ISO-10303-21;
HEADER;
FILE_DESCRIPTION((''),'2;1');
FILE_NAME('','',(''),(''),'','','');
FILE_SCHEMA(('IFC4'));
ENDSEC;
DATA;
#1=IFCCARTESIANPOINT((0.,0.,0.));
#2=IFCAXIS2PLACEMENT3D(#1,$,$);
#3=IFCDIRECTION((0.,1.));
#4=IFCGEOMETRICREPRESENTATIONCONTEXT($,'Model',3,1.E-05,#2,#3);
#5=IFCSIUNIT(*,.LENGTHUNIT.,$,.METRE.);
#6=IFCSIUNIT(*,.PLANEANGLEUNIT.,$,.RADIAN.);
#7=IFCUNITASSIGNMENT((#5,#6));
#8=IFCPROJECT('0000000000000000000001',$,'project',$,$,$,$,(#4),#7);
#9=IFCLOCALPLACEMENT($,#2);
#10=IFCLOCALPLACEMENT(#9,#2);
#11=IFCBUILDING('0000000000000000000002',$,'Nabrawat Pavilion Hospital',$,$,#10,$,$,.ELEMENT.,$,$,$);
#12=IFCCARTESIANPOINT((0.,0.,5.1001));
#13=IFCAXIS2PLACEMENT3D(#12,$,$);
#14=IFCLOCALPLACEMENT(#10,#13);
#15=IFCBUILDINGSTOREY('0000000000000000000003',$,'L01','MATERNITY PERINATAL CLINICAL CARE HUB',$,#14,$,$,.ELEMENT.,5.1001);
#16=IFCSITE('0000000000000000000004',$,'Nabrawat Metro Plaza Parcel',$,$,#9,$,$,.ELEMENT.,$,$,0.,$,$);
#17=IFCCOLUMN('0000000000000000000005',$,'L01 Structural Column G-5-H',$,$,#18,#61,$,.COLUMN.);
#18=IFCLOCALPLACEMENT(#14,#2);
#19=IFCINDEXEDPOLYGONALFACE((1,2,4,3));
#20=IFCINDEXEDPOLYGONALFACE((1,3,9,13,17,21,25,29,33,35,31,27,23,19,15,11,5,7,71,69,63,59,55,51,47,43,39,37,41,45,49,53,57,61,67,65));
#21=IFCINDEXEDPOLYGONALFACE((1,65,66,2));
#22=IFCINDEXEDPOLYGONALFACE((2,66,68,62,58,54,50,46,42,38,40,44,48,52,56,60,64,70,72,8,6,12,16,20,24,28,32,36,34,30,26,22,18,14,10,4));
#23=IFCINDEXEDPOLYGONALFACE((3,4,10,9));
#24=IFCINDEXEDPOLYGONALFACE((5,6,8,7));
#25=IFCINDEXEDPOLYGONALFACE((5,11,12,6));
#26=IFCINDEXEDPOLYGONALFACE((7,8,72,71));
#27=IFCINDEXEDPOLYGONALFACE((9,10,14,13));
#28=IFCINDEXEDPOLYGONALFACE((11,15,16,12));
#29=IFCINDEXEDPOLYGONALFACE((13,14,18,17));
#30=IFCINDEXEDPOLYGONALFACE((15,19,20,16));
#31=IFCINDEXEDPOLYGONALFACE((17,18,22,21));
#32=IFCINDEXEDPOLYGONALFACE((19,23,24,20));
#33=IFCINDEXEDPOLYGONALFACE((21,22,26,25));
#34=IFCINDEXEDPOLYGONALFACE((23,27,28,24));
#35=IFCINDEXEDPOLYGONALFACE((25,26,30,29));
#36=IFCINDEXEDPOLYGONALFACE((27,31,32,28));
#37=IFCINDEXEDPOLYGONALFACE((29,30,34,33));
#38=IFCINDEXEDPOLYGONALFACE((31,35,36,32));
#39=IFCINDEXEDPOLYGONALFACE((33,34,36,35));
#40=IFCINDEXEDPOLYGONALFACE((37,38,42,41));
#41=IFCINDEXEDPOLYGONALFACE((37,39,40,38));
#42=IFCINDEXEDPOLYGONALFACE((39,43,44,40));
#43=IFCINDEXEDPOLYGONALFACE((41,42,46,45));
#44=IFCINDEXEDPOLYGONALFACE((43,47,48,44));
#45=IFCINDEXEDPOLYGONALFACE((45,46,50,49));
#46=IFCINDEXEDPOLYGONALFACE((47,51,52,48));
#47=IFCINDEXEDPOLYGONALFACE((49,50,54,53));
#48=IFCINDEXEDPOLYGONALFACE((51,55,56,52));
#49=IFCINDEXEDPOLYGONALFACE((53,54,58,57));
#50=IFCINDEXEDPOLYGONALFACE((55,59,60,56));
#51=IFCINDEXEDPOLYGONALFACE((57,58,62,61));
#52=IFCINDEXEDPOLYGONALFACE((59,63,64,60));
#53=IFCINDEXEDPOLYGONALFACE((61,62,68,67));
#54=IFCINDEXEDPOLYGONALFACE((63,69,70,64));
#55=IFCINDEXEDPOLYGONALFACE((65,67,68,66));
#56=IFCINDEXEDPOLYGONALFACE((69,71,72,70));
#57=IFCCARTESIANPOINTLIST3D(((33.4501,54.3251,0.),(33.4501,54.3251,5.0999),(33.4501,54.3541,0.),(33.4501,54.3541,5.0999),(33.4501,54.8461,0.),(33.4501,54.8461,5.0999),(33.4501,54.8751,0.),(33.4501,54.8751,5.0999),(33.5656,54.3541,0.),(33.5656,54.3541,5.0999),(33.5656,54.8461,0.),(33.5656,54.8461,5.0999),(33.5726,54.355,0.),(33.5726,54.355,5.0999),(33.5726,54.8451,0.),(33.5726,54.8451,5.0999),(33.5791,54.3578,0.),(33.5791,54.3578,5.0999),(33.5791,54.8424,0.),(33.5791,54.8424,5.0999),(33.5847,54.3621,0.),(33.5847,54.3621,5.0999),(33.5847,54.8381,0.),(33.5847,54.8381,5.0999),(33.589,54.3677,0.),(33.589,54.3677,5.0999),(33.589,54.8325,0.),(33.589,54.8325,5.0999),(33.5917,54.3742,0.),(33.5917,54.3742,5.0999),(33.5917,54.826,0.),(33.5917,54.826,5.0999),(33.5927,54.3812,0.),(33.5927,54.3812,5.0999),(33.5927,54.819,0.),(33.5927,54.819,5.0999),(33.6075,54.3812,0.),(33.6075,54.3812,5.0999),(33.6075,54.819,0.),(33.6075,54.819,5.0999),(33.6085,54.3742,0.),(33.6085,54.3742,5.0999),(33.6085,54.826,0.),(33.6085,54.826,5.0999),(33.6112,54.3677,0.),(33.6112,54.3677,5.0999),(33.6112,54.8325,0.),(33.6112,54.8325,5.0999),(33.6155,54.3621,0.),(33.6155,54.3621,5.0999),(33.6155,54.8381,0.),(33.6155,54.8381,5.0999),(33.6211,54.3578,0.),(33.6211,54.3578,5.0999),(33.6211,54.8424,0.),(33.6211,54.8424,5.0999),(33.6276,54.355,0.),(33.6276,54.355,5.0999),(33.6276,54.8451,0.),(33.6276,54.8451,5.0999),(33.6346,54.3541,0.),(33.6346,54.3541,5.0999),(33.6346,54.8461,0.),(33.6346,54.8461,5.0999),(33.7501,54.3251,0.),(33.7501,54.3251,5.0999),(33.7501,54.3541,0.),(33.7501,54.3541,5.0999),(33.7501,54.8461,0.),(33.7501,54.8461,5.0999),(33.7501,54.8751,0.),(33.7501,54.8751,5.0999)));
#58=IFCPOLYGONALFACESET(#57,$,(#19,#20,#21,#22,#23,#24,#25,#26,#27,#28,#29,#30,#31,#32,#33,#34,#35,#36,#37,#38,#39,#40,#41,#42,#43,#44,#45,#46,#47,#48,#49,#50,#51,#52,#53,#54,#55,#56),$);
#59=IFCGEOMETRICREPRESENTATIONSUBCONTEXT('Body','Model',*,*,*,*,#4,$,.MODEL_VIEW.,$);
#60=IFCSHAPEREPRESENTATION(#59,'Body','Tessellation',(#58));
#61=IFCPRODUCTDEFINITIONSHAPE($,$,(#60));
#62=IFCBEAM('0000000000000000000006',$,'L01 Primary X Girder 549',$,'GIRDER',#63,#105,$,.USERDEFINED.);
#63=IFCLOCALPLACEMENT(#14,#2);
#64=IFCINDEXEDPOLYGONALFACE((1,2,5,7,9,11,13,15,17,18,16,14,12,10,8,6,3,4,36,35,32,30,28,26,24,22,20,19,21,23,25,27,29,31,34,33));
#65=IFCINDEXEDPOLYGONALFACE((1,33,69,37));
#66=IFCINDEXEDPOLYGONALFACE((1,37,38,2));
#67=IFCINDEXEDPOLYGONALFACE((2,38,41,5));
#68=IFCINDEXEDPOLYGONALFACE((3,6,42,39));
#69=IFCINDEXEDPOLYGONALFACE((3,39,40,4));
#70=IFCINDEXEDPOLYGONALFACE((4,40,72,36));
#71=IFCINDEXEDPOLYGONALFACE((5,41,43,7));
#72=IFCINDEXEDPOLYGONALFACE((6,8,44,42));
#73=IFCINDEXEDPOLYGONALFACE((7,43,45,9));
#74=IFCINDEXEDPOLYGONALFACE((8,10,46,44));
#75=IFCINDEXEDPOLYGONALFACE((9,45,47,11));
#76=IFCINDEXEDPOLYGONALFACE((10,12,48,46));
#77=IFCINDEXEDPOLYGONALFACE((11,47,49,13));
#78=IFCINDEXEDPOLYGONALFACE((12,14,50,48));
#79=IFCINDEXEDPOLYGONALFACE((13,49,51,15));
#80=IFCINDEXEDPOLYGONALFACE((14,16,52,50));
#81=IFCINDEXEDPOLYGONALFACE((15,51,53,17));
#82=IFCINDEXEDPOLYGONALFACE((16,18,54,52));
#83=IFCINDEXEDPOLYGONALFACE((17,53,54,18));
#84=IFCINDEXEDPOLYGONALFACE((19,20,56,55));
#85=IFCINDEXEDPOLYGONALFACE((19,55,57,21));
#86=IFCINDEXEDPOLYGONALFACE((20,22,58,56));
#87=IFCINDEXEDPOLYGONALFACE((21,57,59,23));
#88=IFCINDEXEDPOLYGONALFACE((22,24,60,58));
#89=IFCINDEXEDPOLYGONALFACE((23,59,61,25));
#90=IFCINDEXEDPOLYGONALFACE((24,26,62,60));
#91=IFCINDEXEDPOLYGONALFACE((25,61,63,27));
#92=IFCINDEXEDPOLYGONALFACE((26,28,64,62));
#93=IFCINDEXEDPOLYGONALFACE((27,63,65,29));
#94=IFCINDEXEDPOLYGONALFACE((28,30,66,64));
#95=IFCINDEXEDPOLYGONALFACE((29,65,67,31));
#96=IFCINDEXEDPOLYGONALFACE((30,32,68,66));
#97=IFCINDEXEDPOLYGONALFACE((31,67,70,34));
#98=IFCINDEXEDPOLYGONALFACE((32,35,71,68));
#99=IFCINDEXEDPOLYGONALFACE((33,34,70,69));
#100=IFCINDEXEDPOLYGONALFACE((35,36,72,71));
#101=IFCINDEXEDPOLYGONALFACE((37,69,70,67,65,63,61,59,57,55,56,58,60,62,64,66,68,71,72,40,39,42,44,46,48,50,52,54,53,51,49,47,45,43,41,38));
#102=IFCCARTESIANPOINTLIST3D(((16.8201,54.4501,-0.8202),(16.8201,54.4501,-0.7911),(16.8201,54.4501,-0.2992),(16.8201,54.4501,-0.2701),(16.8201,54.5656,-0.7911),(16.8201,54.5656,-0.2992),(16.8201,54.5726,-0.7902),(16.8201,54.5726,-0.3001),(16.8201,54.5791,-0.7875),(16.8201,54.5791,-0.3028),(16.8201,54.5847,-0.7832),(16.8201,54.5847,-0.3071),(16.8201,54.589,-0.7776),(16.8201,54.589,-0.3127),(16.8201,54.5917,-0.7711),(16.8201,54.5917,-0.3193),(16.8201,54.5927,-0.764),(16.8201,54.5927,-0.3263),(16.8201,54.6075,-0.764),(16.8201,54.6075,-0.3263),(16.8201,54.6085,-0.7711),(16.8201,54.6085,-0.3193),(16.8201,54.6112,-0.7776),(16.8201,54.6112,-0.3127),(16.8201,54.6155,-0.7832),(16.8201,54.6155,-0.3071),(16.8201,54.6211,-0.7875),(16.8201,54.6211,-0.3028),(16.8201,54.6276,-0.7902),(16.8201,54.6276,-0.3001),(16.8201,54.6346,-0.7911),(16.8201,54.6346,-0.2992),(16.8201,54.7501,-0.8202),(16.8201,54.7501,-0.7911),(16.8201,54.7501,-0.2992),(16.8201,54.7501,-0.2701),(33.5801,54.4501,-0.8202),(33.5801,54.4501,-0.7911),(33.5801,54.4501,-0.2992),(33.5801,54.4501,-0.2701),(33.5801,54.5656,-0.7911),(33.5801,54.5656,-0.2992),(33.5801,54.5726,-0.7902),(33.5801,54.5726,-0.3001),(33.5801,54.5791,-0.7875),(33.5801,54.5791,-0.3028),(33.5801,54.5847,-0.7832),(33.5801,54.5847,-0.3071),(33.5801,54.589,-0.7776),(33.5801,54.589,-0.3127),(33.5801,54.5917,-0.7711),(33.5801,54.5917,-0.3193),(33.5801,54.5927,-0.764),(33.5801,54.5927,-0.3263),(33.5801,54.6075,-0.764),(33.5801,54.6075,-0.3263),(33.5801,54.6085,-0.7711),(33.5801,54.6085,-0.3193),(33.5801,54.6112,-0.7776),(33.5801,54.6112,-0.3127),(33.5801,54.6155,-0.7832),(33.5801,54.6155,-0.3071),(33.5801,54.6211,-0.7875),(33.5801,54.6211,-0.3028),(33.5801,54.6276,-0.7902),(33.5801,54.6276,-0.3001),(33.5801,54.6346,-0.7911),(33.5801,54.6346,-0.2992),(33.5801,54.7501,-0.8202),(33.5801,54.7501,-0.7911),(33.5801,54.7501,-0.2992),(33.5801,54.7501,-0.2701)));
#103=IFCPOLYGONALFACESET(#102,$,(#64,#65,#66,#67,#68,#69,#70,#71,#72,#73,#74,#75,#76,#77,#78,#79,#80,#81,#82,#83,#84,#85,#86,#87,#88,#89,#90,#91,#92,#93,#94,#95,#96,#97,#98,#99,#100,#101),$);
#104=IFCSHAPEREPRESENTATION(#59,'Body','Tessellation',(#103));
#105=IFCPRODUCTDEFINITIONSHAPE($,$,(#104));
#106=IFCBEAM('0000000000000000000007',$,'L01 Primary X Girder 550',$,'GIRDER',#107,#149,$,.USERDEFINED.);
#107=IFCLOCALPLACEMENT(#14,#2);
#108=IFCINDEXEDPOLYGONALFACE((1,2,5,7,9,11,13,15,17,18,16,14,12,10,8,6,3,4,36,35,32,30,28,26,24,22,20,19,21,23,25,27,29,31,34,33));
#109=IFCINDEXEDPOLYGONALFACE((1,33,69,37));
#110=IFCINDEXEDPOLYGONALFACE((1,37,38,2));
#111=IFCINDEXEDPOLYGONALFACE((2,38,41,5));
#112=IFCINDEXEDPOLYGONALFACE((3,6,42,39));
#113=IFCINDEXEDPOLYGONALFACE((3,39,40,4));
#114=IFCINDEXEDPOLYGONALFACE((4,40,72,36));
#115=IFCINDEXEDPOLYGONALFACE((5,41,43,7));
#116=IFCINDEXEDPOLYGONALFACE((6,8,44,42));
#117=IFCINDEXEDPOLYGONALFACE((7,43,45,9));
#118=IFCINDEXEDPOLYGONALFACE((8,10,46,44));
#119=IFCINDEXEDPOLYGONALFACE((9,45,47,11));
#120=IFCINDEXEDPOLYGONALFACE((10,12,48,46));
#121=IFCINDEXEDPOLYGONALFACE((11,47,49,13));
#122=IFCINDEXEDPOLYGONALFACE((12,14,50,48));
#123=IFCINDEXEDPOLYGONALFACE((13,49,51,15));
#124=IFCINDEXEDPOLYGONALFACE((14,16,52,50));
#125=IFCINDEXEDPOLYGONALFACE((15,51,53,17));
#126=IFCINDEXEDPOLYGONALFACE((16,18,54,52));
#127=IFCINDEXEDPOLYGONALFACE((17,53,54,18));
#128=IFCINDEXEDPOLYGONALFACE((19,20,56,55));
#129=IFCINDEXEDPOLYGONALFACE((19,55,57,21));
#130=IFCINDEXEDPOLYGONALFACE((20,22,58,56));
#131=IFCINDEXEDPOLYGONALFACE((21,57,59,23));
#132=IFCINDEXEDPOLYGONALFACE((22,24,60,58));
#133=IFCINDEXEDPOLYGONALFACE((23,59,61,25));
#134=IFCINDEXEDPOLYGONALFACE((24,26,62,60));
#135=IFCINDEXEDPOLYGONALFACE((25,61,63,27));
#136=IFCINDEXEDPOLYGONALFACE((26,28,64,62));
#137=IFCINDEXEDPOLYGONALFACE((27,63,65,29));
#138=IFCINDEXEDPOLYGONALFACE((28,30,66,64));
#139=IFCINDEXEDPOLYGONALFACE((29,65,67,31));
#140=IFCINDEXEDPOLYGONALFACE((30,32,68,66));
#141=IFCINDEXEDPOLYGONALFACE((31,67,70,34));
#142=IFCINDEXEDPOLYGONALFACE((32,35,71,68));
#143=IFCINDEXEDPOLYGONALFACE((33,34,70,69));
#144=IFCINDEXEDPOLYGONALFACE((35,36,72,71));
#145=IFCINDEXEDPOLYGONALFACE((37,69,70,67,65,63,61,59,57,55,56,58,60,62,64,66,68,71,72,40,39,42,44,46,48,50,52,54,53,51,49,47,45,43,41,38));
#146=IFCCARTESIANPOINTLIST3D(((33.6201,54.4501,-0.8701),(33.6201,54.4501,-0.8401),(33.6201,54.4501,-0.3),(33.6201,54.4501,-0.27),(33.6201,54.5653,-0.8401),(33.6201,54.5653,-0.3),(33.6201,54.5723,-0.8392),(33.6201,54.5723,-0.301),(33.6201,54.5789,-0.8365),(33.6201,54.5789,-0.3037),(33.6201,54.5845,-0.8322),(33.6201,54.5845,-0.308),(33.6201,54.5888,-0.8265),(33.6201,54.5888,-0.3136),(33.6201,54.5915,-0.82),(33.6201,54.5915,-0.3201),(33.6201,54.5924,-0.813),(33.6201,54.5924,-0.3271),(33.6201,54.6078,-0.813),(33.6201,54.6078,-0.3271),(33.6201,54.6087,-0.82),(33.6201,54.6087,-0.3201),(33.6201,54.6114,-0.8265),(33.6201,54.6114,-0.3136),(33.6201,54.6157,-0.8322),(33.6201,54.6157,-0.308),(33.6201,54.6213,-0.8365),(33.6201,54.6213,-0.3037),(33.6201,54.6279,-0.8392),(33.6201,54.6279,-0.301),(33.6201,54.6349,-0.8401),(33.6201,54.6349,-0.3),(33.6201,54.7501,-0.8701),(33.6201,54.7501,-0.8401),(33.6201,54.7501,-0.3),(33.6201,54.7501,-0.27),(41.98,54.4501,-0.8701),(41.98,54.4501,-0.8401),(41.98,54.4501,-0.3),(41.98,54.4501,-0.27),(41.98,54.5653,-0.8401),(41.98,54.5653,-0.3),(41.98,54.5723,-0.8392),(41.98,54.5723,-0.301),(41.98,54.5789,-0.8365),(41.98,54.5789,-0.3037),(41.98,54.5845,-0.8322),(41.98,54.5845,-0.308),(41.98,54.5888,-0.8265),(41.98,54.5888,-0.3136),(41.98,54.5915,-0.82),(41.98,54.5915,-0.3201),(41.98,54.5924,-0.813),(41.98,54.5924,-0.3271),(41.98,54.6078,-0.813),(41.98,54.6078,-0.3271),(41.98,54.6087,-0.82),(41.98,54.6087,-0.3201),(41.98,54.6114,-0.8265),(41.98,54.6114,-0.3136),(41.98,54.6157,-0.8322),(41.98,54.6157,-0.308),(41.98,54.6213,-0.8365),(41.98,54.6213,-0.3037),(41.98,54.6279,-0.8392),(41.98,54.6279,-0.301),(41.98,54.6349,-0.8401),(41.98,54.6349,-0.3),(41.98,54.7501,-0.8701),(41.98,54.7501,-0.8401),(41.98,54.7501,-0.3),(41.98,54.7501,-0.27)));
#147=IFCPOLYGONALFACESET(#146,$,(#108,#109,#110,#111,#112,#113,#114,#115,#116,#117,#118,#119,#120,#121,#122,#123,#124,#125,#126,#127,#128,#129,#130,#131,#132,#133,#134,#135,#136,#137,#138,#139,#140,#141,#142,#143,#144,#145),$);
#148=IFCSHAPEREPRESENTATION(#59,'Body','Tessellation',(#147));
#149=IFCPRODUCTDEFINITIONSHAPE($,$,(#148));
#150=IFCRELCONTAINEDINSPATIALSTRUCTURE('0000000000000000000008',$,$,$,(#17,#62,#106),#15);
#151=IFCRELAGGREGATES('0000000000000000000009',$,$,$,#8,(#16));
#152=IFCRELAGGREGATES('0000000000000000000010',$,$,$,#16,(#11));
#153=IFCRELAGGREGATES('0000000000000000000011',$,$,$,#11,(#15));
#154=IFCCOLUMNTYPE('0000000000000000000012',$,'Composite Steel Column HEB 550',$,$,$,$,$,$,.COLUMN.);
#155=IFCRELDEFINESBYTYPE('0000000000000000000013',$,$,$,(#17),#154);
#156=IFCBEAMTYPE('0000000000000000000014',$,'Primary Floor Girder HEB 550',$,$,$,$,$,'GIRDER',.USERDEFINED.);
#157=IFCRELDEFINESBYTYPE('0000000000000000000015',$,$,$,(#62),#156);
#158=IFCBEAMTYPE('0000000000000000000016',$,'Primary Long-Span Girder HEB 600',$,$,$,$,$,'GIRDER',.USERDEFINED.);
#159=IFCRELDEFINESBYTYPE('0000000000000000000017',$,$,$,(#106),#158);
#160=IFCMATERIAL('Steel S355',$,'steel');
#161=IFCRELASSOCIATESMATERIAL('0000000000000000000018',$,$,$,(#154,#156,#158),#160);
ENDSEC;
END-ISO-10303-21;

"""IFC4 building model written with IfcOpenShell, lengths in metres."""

from ifc_helpers import new_model, si_unit, direction, frame, origin, origin_2d, place, context, subcontext, project, spatial, i_section, extrude, material, material_profile, profile_set, type_object, element, save


model = new_model("IFC4")

# Units and contexts
model_context = context("Model", 3, precision=1e-05, world=origin(), true_north=direction((0.0, 1.0)))
body_context = subcontext(model_context, "Body", "Model", "MODEL_VIEW")
ifc_project = project(units=[si_unit("LENGTHUNIT", "METRE"), si_unit("PLANEANGLEUNIT", "RADIAN")], contexts=[model_context])

# Site, building, storey
site_placement = place(None, origin())
site = spatial("IfcSite", under=ifc_project, at=site_placement, Name="Nabrawat Metro Plaza Parcel", CompositionType="ELEMENT", RefElevation=0.0)
building_placement = place(site_placement, origin())
building = spatial("IfcBuilding", under=site, at=building_placement, Name="Nabrawat Pavilion Hospital", CompositionType="ELEMENT")
storey_placement = place(building_placement, frame((0.0, 0.0, 5.1001)))
storey = spatial("IfcBuildingStorey", under=building, at=storey_placement, Name="L01", Description="MATERNITY PERINATAL CLINICAL CARE HUB", CompositionType="ELEMENT", Elevation=5.1001)

# Column
ifc_material_1 = material(Name="Steel S355", Category="steel")
ifc_material_profile_1 = material_profile(ifc_material_1, i_section(OverallWidth=0.3, OverallDepth=0.55, WebThickness=0.0149, FlangeThickness=0.0291, FilletRadius=0.0271, at=origin_2d()), Name="HEB 550")
ifc_profile_set_1 = profile_set([ifc_material_profile_1], Name="Steel S355")
column_type = type_object("IfcColumnType", Name="Composite Steel Column HEB 550", PredefinedType="COLUMN", material=ifc_profile_set_1)
column_placement = place(storey_placement, frame((33.6001, 54.6001, 0.0), z_axis=(0.0, 0.0, 1.0), x_axis=(1.0, 0.0, 0.0)))
element("IfcColumn", 1, at=column_placement, inside=storey, type_object=column_type, Name="L01 Structural Column G-5-H", PredefinedType="COLUMN", context=body_context, shape_type="SweptSolid", body=[
    extrude(i_section(OverallWidth=0.3, OverallDepth=0.55, WebThickness=0.0149, FlangeThickness=0.0291, FilletRadius=0.0271, at=origin_2d()), origin(), (0.0, 0.0, 1.0), 5.0999),
])

# Beams
ifc_material_profile_2 = material_profile(ifc_material_1, i_section(OverallWidth=0.3, OverallDepth=0.55, WebThickness=0.0149, FlangeThickness=0.0291, FilletRadius=0.0271, at=origin_2d()), Name="HEB 550")
ifc_profile_set_2 = profile_set([ifc_material_profile_2], Name="Steel S355")
beam_type_1 = type_object("IfcBeamType", Name="Primary Floor Girder HEB 550", ElementType="GIRDER", PredefinedType="USERDEFINED", material=ifc_profile_set_2)
beam_1_placement = place(storey_placement, frame((16.8201, 54.6001, -0.5452), z_axis=(1.0, 0.0, 0.0), x_axis=(0.0, 1.0, 0.0)))
element("IfcBeam", 2, at=beam_1_placement, inside=storey, type_object=beam_type_1, Name="L01 Primary X Girder 549", ObjectType="GIRDER", PredefinedType="USERDEFINED", context=body_context, shape_type="SweptSolid", body=[
    extrude(i_section(OverallWidth=0.3, OverallDepth=0.55, WebThickness=0.0149, FlangeThickness=0.0291, FilletRadius=0.0271, at=origin_2d()), origin(), (0.0, 0.0, 1.0), 16.76),
])
ifc_material_profile_3 = material_profile(ifc_material_1, i_section(OverallWidth=0.3, OverallDepth=0.6001, WebThickness=0.0154, FlangeThickness=0.03, FilletRadius=0.0271, at=origin_2d()), Name="HEB 600")
ifc_profile_set_3 = profile_set([ifc_material_profile_3], Name="Steel S355")
beam_type_2 = type_object("IfcBeamType", Name="Primary Long-Span Girder HEB 600", ElementType="GIRDER", PredefinedType="USERDEFINED", material=ifc_profile_set_3)
beam_2_placement = place(storey_placement, frame((33.6201, 54.6001, -0.5701), z_axis=(1.0, 0.0, 0.0), x_axis=(0.0, 1.0, 0.0)))
element("IfcBeam", 3, at=beam_2_placement, inside=storey, type_object=beam_type_2, Name="L01 Primary X Girder 550", ObjectType="GIRDER", PredefinedType="USERDEFINED", context=body_context, shape_type="SweptSolid", body=[
    extrude(i_section(OverallWidth=0.3, OverallDepth=0.6001, WebThickness=0.0154, FlangeThickness=0.03, FilletRadius=0.0271, at=origin_2d()), origin(), (0.0, 0.0, 1.0), 8.3599),
])

save(model, "model.ifc")
